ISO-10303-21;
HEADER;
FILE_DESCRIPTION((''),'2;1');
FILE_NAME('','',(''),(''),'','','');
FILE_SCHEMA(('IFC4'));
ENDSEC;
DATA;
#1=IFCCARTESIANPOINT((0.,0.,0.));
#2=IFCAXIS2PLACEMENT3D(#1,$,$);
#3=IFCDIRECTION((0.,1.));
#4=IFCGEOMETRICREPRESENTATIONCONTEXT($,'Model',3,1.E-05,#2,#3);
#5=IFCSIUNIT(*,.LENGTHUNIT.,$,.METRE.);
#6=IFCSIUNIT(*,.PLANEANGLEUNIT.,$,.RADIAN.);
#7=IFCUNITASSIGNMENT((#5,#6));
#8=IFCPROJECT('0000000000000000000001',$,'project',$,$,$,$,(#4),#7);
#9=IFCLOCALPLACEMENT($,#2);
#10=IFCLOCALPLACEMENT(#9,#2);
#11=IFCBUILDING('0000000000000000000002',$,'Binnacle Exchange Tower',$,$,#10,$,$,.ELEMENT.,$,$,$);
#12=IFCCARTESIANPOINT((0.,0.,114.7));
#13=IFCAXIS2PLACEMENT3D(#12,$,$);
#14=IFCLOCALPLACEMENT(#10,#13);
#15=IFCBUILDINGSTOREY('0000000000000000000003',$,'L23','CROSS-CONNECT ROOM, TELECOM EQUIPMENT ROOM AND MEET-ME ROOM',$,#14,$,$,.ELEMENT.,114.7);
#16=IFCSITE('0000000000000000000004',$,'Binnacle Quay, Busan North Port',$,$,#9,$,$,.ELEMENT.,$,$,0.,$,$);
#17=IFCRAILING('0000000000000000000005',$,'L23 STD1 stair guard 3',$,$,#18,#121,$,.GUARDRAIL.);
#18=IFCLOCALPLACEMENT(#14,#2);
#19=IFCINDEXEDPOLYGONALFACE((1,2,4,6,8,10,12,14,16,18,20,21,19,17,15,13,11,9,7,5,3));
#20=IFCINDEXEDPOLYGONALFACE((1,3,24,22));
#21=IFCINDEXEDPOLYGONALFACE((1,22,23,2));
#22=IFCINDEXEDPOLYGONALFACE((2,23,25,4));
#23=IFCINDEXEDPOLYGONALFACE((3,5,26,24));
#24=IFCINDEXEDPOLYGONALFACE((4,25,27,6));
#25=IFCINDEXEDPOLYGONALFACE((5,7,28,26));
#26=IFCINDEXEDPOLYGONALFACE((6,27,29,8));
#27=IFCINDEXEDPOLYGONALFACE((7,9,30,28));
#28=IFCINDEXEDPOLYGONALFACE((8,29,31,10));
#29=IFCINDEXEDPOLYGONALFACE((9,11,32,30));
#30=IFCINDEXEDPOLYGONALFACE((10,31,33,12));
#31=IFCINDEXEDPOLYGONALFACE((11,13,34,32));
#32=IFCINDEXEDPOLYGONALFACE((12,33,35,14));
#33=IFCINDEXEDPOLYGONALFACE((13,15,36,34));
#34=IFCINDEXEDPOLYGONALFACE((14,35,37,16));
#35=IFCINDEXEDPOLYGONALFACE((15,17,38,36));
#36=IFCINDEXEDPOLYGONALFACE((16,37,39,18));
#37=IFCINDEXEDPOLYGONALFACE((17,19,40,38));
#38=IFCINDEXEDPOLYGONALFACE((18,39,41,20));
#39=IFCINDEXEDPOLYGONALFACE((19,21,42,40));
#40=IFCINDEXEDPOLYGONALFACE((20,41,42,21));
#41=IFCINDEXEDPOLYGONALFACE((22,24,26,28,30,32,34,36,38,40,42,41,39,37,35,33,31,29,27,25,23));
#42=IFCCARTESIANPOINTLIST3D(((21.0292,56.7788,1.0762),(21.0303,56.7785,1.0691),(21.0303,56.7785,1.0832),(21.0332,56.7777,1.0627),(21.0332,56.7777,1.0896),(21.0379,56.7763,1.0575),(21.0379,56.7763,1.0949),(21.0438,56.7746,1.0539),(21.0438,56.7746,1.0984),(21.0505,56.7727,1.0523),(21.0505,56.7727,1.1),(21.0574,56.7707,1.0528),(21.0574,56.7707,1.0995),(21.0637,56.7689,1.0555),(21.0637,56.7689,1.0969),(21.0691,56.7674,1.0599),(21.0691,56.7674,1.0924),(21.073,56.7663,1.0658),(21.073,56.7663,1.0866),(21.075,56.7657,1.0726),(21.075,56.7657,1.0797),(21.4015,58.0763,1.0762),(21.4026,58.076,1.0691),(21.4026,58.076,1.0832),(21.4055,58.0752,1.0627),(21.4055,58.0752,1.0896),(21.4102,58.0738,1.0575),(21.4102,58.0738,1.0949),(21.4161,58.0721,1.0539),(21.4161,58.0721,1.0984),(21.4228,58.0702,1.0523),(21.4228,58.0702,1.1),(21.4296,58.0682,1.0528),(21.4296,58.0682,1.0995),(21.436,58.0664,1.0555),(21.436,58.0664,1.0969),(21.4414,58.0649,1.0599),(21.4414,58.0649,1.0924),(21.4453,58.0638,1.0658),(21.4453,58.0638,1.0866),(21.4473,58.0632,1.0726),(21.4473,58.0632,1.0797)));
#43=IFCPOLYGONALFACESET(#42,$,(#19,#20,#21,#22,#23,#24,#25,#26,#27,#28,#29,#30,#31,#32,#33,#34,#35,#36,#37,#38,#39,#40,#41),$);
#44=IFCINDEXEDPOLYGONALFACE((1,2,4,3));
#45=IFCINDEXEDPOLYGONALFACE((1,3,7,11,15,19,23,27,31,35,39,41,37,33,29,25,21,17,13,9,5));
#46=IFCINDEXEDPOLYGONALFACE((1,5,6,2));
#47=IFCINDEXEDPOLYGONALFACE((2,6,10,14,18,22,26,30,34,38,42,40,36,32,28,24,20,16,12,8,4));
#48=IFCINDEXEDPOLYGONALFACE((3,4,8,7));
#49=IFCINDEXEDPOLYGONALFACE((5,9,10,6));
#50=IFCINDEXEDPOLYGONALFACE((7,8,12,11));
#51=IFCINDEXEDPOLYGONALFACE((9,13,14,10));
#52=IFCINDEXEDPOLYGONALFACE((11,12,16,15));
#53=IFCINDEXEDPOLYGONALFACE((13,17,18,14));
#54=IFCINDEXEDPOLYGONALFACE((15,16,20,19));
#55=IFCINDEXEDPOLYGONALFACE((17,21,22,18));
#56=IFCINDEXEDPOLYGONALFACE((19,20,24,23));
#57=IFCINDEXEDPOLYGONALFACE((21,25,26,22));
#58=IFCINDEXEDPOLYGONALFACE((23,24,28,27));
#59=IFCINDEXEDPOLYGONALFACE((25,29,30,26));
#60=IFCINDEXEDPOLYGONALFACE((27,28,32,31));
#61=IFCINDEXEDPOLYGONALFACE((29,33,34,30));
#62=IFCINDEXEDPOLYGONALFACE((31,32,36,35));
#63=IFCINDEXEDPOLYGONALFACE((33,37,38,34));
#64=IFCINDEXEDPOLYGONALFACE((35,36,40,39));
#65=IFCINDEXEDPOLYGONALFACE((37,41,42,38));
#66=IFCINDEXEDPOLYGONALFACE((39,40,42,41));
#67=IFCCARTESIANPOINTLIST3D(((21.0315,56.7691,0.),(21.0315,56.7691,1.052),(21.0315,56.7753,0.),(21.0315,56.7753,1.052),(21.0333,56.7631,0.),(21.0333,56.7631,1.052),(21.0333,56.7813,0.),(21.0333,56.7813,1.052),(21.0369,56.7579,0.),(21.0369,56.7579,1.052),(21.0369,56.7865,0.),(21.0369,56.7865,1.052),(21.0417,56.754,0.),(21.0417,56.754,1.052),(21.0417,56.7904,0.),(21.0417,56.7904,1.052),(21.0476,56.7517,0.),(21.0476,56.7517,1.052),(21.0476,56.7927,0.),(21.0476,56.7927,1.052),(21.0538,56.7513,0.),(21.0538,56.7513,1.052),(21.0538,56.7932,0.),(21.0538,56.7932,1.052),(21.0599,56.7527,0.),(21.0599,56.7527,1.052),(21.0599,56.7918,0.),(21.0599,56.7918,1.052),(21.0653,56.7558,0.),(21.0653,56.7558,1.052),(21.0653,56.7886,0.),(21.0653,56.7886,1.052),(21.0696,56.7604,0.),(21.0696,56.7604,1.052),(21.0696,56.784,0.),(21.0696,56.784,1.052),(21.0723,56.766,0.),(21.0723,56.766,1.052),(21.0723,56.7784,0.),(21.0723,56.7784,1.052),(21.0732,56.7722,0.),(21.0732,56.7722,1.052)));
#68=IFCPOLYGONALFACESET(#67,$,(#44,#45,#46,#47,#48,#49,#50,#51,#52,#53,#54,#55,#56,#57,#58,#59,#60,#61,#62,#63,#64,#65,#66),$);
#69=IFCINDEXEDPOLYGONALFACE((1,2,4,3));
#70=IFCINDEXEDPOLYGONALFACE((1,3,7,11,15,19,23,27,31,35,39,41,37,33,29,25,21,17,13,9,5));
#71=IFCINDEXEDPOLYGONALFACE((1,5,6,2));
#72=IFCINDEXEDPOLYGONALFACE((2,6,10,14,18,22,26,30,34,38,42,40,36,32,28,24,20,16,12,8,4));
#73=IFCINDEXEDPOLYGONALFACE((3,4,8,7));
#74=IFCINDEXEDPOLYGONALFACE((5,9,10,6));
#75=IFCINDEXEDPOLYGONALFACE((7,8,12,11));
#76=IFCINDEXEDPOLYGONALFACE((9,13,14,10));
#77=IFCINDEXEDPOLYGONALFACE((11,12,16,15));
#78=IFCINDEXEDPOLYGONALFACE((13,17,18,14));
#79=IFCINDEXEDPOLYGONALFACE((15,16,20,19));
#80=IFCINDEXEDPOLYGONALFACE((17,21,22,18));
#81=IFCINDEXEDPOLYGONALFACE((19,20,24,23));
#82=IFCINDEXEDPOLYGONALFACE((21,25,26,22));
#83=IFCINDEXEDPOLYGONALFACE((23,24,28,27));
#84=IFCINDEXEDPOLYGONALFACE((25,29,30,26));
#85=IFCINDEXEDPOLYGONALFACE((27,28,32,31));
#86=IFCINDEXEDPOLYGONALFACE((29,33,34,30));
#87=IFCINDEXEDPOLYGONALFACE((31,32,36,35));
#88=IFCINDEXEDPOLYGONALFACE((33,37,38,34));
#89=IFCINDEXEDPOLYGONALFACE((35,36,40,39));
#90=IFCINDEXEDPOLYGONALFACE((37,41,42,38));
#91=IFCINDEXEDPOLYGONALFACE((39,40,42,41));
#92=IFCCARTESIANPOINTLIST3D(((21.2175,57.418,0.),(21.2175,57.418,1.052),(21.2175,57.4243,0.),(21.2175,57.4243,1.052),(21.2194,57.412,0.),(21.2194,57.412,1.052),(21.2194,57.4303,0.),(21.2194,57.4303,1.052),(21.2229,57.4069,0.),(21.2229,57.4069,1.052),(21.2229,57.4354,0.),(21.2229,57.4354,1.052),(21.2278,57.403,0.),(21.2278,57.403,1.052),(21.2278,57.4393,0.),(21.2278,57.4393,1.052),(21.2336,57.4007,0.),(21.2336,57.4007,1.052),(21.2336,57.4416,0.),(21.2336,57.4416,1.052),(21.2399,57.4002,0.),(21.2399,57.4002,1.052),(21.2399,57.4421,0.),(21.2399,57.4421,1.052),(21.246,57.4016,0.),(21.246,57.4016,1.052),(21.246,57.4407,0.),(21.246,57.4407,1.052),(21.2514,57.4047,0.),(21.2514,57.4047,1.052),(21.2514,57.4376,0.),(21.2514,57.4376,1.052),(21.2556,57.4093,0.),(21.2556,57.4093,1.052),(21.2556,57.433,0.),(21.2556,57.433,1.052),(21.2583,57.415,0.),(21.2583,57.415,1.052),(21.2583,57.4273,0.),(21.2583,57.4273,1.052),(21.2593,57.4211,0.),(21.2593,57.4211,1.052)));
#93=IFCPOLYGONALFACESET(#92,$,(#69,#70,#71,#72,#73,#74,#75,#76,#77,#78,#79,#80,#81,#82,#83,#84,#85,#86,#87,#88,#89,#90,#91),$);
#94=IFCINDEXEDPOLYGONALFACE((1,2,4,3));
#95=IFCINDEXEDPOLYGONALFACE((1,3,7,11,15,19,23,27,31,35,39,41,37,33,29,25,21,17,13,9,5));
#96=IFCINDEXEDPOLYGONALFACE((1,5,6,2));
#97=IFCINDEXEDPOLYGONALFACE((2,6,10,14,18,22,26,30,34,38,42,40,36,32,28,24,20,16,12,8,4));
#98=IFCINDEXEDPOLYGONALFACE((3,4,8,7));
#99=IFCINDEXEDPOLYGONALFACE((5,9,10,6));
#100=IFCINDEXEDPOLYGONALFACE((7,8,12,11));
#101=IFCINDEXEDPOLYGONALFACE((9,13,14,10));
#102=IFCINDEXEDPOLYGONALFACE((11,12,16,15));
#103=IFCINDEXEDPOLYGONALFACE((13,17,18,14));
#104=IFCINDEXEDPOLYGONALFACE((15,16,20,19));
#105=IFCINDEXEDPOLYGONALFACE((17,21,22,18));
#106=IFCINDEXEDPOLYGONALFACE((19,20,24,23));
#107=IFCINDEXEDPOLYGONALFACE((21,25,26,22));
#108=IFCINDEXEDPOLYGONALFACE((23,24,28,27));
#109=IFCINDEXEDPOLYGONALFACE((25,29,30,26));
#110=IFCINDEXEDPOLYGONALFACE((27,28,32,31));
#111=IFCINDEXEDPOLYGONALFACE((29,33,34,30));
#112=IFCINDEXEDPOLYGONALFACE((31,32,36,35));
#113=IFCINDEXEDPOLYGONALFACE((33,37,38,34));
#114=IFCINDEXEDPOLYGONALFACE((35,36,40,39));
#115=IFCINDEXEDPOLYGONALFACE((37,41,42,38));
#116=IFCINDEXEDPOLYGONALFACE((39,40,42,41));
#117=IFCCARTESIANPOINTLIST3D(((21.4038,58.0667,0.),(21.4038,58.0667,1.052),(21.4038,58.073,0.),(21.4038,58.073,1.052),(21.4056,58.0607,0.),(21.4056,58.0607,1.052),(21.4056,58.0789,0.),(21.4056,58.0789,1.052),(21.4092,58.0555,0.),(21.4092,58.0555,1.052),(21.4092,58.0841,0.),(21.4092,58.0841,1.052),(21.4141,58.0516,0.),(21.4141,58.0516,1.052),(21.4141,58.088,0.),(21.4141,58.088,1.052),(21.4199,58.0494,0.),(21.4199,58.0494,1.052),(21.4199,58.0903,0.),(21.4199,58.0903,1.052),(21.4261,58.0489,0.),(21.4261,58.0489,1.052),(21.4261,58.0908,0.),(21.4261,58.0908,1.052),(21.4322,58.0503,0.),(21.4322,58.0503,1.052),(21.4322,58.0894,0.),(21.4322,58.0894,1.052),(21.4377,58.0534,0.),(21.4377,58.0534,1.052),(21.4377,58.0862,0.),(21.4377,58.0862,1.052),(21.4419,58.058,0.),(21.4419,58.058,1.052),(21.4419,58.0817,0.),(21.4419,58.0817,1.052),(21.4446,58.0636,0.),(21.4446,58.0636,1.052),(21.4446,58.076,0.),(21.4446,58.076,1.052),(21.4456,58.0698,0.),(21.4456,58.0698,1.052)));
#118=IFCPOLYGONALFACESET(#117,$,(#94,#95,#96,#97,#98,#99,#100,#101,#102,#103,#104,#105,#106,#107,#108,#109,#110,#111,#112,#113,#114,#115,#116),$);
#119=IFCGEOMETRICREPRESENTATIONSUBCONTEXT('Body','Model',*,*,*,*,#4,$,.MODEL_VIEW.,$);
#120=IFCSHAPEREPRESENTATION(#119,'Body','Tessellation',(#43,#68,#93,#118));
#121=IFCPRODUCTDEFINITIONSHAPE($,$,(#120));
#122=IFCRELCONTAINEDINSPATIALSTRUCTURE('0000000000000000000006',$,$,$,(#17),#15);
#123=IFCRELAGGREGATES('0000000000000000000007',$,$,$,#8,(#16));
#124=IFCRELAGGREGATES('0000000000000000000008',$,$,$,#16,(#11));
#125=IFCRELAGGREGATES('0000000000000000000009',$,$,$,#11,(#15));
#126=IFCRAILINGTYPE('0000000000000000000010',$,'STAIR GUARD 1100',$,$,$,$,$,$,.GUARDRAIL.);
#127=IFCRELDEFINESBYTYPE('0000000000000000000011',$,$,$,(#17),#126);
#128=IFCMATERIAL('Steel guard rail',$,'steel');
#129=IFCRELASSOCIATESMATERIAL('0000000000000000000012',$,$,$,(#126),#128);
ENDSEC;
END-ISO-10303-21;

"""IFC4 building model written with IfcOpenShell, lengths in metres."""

from ifc_helpers import new_model, si_unit, direction, frame, origin, origin_2d, place, context, subcontext, project, spatial, circle, extrude, material, type_object, element, save


model = new_model("IFC4")

# Units and contexts
model_context = context("Model", 3, precision=1e-05, world=origin(), true_north=direction((0.0, 1.0)))
body_context = subcontext(model_context, "Body", "Model", "MODEL_VIEW")
ifc_project = project(units=[si_unit("LENGTHUNIT", "METRE"), si_unit("PLANEANGLEUNIT", "RADIAN")], contexts=[model_context])

# Site, building, storey
site_placement = place(None, origin())
site = spatial("IfcSite", under=ifc_project, at=site_placement, Name="Binnacle Quay, Busan North Port", CompositionType="ELEMENT", RefElevation=0.0)
building_placement = place(site_placement, origin())
building = spatial("IfcBuilding", under=site, at=building_placement, Name="Binnacle Exchange Tower", CompositionType="ELEMENT")
storey_placement = place(building_placement, frame((0.0, 0.0, 114.7)))
storey = spatial("IfcBuildingStorey", under=building, at=storey_placement, Name="L23", Description="CROSS-CONNECT ROOM, TELECOM EQUIPMENT ROOM AND MEET-ME ROOM", CompositionType="ELEMENT", Elevation=114.7)

# Railing
ifc_material_1 = material(Name="Steel guard rail", Category="steel")
railing_type_1 = type_object("IfcRailingType", Name="STAIR GUARD 1100", PredefinedType="GUARDRAIL", material=ifc_material_1)
railing_1_placement = place(storey_placement, frame((21.0522, 56.7722, 0.0)))
element("IfcRailing", 1, at=railing_1_placement, inside=storey, type_object=railing_type_1, Name="L23 STD1 stair guard 3", PredefinedType="GUARDRAIL", context=body_context, shape_type="SweptSolid", body=[
    extrude(circle(Radius=0.0239, at=origin_2d()), frame((0.0, 0.0, 1.0762), z_axis=(0.275796, 0.961216, 0.0), x_axis=(-0.961216, 0.275796, 0.0)), (0.0, 0.0, 1.0), 1.3499),
    extrude(circle(Radius=0.021, at=origin_2d()), origin(), (0.0, 0.0, 1.0), 1.052),
    extrude(circle(Radius=0.021, at=origin_2d()), frame((0.186, 0.6489, 0.0)), (0.0, 0.0, 1.0), 1.052),
    extrude(circle(Radius=0.021, at=origin_2d()), frame((0.3723, 1.2976, 0.0)), (0.0, 0.0, 1.0), 1.052),
])

save(model, "model.ifc")
